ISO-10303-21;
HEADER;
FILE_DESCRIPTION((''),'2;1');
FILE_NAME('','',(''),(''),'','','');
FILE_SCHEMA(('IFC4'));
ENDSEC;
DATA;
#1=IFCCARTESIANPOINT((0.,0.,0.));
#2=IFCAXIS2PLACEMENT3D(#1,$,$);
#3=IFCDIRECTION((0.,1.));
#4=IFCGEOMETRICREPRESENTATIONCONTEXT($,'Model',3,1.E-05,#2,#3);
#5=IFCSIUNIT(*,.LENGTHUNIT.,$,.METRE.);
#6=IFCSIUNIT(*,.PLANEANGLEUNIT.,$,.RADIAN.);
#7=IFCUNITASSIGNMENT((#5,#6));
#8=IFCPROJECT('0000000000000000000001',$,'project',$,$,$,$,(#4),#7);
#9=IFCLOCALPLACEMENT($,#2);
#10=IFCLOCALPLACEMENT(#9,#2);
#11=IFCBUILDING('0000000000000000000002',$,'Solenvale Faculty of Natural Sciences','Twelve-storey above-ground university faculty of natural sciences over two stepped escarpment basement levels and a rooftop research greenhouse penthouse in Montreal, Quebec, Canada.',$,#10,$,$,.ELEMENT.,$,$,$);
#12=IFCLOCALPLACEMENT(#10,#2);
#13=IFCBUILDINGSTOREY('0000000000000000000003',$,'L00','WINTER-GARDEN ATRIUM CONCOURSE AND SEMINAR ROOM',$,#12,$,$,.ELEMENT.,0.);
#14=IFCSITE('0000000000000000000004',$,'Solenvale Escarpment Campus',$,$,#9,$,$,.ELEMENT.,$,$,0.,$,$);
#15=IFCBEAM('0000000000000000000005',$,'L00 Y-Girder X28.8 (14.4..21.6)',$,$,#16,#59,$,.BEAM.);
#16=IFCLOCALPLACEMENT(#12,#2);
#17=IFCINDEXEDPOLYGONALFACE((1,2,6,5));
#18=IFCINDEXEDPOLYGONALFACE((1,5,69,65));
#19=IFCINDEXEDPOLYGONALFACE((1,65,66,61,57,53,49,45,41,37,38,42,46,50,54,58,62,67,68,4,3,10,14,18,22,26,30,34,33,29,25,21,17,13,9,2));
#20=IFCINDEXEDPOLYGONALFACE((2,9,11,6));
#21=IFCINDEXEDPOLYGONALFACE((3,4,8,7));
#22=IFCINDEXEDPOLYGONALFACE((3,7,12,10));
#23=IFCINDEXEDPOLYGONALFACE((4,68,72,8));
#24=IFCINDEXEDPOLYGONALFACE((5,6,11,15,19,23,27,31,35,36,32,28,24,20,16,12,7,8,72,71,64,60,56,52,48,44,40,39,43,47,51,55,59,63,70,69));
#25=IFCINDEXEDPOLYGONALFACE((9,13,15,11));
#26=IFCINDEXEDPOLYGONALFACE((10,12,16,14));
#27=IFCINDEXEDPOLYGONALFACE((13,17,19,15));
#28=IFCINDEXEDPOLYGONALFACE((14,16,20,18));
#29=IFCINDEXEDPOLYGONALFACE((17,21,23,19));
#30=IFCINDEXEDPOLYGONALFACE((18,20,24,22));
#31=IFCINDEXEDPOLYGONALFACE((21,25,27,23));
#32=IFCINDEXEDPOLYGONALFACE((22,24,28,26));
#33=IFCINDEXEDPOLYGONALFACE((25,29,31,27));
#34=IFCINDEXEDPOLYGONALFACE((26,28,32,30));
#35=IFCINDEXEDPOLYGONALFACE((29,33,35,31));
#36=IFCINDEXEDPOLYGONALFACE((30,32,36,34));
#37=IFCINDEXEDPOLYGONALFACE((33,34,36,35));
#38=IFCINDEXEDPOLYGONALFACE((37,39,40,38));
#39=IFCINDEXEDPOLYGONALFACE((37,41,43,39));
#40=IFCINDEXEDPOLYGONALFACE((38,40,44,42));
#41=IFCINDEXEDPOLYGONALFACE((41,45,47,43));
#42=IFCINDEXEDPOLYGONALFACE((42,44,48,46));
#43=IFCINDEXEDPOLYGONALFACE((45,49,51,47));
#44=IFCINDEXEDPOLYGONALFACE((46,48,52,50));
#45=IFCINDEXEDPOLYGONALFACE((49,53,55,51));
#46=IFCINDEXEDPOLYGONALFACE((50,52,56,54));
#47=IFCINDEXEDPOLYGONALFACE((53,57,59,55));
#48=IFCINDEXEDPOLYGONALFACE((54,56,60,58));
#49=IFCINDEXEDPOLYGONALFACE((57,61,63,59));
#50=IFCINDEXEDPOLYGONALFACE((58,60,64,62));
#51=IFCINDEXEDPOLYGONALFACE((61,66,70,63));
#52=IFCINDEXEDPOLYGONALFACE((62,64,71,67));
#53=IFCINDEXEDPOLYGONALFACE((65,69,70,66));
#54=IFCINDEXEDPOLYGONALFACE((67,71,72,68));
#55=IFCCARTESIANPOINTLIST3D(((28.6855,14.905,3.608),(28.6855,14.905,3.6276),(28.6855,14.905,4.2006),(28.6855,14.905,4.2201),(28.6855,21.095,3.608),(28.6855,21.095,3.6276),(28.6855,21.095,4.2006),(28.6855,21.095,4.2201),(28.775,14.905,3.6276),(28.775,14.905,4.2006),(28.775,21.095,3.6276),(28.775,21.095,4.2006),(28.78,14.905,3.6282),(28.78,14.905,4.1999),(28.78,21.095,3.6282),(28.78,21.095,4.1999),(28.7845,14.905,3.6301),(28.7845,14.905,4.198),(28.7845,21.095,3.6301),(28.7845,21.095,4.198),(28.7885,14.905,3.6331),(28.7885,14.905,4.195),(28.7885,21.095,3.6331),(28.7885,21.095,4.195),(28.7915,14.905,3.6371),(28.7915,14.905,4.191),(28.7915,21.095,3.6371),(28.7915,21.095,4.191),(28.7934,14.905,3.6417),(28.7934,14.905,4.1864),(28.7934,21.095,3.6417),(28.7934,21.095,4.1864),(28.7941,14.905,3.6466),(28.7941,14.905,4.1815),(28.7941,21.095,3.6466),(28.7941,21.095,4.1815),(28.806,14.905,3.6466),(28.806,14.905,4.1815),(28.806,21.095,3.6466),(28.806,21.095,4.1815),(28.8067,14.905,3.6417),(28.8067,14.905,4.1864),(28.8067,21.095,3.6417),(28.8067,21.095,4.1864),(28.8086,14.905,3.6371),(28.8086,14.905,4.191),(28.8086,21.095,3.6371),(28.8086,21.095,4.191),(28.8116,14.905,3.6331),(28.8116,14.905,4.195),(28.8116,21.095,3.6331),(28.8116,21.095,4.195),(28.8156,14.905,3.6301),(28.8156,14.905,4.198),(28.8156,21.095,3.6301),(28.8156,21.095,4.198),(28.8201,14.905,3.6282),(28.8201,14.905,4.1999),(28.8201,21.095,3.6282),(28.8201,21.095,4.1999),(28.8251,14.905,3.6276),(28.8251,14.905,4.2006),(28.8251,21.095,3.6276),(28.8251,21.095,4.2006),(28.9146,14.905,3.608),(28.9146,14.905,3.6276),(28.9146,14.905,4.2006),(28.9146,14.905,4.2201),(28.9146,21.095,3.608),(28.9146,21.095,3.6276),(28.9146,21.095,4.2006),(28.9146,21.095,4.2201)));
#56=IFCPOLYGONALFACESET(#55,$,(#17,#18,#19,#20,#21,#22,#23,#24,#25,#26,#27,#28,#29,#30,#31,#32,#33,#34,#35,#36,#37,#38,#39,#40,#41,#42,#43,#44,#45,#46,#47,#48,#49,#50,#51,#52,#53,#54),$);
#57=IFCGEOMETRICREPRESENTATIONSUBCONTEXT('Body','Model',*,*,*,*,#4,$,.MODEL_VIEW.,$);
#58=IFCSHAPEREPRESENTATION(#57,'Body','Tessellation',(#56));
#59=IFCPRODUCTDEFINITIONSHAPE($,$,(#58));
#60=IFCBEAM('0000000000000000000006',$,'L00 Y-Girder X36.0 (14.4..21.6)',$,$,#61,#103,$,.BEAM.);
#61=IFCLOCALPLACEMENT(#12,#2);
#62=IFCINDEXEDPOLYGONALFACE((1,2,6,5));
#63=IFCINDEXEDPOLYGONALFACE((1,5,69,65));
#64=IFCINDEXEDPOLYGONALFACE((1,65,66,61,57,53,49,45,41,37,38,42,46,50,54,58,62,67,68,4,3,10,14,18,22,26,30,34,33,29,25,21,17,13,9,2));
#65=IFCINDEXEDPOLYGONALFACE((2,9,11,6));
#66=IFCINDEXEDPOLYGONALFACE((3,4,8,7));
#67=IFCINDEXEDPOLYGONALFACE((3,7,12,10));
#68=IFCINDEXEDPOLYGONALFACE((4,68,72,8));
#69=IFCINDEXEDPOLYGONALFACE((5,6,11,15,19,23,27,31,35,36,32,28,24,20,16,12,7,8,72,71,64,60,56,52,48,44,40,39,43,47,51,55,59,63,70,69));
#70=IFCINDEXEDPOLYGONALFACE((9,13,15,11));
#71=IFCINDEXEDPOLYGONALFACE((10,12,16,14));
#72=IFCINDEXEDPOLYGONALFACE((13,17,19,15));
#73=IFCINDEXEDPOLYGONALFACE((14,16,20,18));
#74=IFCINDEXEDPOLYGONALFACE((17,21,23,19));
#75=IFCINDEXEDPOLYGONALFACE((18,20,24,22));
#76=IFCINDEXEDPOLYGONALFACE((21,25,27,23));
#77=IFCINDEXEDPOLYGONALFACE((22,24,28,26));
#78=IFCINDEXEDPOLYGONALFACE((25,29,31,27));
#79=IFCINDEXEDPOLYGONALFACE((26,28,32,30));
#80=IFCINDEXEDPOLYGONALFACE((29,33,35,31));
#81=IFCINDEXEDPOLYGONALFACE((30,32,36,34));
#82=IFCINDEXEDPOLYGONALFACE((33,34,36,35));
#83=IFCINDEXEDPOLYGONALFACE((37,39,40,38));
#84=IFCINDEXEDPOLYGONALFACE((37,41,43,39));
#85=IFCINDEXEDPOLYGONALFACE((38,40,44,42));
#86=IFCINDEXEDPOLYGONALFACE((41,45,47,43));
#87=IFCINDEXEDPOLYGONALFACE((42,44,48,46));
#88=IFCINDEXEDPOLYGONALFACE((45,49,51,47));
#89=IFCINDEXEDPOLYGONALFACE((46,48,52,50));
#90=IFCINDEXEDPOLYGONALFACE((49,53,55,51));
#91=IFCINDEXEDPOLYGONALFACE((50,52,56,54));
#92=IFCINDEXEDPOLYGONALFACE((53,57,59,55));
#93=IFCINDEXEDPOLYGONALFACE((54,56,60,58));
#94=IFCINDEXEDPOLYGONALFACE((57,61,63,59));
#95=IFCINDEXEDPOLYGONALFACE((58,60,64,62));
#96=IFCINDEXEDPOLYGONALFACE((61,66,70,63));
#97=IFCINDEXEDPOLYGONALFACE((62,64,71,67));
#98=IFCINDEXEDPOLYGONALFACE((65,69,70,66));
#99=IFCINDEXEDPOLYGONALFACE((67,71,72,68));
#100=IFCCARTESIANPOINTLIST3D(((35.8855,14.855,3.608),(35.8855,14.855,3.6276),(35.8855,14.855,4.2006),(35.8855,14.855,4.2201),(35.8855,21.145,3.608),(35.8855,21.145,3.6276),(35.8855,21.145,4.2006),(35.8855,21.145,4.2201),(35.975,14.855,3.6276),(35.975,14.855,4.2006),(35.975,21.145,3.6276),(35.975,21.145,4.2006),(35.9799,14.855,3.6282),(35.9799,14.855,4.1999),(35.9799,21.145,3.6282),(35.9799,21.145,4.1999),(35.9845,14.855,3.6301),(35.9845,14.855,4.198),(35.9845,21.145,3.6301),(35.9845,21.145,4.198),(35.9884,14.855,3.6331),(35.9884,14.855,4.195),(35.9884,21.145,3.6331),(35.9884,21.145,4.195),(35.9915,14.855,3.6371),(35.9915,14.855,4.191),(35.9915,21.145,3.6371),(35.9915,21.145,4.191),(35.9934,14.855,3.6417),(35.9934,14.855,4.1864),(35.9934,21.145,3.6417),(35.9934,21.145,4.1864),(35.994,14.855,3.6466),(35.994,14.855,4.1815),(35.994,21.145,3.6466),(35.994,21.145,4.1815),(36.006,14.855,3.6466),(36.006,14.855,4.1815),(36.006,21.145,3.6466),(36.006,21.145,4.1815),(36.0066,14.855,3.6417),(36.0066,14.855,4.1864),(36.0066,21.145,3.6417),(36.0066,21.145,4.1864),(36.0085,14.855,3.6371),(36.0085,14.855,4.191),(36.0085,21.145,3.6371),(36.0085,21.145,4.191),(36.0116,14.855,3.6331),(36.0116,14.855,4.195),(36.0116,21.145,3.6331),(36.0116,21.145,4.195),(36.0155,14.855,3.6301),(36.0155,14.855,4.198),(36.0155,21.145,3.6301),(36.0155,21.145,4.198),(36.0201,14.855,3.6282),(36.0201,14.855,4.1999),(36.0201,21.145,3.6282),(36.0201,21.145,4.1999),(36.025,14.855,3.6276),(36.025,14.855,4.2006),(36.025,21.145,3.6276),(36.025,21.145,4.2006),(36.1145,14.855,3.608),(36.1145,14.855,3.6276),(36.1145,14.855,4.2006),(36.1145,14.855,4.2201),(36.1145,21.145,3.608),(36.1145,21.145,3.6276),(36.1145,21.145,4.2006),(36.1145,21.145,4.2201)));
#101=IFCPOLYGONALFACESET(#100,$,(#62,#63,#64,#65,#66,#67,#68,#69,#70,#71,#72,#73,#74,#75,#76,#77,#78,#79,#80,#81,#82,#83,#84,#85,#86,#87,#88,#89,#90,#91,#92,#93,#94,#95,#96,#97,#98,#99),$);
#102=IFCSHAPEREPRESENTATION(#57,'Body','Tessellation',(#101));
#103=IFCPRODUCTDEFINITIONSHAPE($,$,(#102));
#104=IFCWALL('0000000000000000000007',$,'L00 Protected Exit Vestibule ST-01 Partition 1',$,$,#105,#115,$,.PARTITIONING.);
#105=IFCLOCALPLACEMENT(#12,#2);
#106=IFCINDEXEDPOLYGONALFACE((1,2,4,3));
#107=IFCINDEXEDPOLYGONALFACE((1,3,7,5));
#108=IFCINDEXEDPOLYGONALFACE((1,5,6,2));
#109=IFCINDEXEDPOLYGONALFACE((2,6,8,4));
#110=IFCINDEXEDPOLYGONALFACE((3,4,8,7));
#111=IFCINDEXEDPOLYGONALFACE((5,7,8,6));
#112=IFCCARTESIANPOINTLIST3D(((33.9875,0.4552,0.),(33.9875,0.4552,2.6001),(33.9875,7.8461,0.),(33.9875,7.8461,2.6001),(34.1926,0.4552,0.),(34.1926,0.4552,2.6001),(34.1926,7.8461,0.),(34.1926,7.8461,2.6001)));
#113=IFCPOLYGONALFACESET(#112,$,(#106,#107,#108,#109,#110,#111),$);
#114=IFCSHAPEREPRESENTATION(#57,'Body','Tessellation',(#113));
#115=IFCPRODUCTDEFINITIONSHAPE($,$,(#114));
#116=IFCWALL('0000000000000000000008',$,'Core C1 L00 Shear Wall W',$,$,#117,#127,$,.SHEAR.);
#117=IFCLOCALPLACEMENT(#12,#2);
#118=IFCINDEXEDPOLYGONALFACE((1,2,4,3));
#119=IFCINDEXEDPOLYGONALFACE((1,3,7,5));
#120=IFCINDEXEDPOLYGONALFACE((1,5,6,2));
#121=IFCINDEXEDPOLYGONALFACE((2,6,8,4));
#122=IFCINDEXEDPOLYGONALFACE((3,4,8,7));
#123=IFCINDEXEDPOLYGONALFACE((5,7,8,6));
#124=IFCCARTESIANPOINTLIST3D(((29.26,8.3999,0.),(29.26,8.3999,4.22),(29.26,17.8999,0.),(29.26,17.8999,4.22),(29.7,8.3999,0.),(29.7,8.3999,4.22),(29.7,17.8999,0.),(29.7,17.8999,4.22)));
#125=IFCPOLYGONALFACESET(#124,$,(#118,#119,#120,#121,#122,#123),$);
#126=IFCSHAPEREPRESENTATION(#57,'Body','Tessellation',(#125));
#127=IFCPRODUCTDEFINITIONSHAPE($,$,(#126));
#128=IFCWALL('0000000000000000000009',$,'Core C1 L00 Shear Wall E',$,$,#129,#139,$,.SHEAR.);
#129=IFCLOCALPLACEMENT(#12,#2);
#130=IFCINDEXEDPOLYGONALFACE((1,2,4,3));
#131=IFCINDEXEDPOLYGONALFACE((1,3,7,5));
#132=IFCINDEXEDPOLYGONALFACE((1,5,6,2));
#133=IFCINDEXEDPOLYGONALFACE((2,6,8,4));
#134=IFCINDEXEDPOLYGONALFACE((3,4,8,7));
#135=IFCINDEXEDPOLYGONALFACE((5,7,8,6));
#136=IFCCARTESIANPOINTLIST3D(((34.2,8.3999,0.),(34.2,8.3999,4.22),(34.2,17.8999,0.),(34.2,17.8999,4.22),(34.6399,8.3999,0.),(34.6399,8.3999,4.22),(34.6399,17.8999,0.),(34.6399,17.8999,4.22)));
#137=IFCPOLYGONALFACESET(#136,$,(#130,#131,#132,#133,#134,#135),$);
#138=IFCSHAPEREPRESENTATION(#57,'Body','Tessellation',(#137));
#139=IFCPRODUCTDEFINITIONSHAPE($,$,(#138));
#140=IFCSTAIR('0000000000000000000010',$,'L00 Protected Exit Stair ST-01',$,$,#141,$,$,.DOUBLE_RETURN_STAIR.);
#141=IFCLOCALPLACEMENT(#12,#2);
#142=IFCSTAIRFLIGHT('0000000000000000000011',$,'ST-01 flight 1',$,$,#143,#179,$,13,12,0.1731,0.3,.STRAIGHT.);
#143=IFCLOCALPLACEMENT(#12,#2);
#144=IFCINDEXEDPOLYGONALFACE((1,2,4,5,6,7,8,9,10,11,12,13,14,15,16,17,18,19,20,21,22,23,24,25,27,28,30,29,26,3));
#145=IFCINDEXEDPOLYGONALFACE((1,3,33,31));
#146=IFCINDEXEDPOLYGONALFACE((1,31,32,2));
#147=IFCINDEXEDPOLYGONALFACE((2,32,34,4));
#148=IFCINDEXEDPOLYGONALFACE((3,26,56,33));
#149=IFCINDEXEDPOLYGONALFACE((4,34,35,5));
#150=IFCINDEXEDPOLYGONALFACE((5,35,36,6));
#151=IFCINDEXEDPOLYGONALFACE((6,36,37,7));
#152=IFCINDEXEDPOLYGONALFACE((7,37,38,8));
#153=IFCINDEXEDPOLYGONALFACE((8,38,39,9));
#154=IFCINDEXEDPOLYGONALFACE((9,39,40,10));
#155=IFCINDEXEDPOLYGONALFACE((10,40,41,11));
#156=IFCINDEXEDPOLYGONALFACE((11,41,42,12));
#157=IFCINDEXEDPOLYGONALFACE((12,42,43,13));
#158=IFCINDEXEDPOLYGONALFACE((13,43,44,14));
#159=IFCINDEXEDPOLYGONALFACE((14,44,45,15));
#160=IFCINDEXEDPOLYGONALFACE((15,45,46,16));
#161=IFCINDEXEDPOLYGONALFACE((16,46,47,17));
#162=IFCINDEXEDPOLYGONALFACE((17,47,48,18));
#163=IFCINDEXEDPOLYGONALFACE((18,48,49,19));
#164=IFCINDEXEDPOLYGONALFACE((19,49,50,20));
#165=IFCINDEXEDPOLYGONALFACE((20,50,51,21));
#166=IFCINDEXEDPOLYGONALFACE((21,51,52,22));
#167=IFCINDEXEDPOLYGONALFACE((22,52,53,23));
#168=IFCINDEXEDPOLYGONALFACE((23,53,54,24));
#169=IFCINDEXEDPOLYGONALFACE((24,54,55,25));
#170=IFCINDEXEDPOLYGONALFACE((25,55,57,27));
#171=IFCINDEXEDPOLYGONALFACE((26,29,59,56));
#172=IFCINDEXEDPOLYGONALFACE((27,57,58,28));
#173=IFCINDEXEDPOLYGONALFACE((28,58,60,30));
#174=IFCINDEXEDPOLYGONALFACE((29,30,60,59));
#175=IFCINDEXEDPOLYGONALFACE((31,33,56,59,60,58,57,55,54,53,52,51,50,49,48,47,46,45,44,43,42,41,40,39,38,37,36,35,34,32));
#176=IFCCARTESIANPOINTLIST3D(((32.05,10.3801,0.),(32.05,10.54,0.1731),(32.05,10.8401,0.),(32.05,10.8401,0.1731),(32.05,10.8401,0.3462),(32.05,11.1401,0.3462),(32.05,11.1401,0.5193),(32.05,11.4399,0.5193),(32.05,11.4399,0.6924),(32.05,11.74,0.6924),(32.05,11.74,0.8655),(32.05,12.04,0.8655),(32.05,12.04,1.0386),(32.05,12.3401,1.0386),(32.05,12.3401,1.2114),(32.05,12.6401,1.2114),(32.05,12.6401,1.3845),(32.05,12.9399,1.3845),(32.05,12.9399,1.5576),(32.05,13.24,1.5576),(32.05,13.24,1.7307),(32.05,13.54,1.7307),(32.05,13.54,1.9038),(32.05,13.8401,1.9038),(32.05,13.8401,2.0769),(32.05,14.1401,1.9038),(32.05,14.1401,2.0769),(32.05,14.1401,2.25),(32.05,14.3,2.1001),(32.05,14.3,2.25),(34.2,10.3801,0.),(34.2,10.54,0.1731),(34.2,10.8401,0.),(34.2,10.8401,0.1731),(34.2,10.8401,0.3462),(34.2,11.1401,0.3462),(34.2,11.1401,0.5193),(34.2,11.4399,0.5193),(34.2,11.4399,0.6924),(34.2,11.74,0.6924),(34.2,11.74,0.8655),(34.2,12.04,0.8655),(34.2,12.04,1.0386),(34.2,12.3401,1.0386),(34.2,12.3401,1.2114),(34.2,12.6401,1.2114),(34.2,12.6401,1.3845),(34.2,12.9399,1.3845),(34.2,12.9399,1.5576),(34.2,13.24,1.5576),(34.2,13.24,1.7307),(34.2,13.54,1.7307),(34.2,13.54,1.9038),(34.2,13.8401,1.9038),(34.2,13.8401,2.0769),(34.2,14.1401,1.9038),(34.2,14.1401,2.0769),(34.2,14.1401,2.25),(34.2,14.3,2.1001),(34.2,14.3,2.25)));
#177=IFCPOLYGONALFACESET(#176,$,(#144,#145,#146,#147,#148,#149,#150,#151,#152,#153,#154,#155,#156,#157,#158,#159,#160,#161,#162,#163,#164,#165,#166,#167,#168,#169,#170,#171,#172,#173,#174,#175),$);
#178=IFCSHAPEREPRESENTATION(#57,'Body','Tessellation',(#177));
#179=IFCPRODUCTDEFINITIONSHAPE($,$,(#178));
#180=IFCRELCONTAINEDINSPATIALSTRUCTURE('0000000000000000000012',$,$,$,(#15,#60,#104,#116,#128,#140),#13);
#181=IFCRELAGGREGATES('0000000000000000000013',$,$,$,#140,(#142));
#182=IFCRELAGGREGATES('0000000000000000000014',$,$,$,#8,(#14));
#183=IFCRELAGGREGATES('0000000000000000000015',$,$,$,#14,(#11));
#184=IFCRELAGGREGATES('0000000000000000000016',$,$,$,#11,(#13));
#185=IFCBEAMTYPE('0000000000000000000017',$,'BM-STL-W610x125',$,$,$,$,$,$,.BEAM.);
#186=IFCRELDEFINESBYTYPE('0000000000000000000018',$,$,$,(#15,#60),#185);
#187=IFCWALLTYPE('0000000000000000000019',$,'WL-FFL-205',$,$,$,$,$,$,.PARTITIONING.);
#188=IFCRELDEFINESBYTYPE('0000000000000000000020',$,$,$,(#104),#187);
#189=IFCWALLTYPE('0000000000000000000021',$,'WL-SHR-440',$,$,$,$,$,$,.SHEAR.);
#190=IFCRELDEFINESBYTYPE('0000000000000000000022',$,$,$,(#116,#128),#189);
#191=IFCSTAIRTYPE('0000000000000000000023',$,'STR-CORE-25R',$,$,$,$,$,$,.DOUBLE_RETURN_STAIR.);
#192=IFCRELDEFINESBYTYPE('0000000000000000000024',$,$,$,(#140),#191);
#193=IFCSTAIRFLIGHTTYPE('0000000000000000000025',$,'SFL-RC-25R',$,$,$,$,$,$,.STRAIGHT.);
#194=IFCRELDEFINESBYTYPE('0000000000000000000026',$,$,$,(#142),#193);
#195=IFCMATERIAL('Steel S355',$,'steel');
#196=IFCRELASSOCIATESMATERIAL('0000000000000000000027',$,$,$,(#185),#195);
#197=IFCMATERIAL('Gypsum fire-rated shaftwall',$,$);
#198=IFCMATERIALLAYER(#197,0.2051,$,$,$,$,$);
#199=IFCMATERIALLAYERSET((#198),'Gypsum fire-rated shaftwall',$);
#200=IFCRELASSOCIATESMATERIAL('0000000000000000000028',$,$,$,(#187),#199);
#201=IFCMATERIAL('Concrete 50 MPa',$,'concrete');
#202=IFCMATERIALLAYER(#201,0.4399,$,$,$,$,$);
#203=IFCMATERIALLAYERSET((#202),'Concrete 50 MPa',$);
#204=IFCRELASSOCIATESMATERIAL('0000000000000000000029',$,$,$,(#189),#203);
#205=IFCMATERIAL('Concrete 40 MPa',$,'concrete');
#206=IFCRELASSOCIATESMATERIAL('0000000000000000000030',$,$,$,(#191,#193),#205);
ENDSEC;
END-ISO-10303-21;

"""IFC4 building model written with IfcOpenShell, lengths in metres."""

from ifc_helpers import new_model, si_unit, direction, frame, frame_2d, origin, origin_2d, place, context, subcontext, project, spatial, polyline, rectangle, i_section, outline, extrude, material, layer, layer_set, material_profile, profile_set, type_object, element, aggregate, save


model = new_model("IFC4")

# Units and contexts
model_context = context("Model", 3, precision=1e-05, world=origin(), true_north=direction((0.0, 1.0)))
body_context = subcontext(model_context, "Body", "Model", "MODEL_VIEW")
ifc_project = project(units=[si_unit("LENGTHUNIT", "METRE"), si_unit("PLANEANGLEUNIT", "RADIAN")], contexts=[model_context])

# Site, building, storey
site_placement = place(None, origin())
site = spatial("IfcSite", under=ifc_project, at=site_placement, Name="Solenvale Escarpment Campus", CompositionType="ELEMENT", RefElevation=0.0)
building_placement = place(site_placement, origin())
building = spatial("IfcBuilding", under=site, at=building_placement, Name="Solenvale Faculty of Natural Sciences", Description="Twelve-storey above-ground university faculty of natural sciences over two stepped escarpment basement levels and a rooftop research greenhouse penthouse in Montreal, Quebec, Canada.", CompositionType="ELEMENT")
storey_placement = place(building_placement, origin())
storey = spatial("IfcBuildingStorey", under=building, at=storey_placement, Name="L00", Description="WINTER-GARDEN ATRIUM CONCOURSE AND SEMINAR ROOM", CompositionType="ELEMENT", Elevation=0.0)

# Shared definitions
ifc_material_1 = material(Name="Concrete 50 MPa", Category="concrete")

# Beams
ifc_material_2 = material(Name="Concrete 40 MPa", Category="concrete")
ifc_material_3 = material(Name="Steel S355", Category="steel")
ifc_material_profile_1 = material_profile(ifc_material_3, i_section(OverallWidth=0.229, OverallDepth=0.6121, WebThickness=0.012, FlangeThickness=0.0195, FilletRadius=0.019, at=origin_2d()), Name="W610x125")
ifc_profile_set_1 = profile_set([ifc_material_profile_1], Name="Steel S355")
beam_type_1 = type_object("IfcBeamType", Name="BM-STL-W610x125", PredefinedType="BEAM", material=ifc_profile_set_1)
for number, where, z_axis, x_axis, name in (
    (1, (28.8, 14.905, 3.9141), (0.0, 1.0, 0.0), (-1.0, 0.0, 0.0), "L00 Y-Girder X28.8 (14.4..21.6)"),
):
    element("IfcBeam", number, at=place(storey_placement, frame(where, z_axis=z_axis, x_axis=x_axis)), inside=storey, type_object=beam_type_1, Name=name, PredefinedType="BEAM", context=body_context, shape_type="SweptSolid", body=[
        extrude(i_section(OverallWidth=0.229, OverallDepth=0.6121, WebThickness=0.012, FlangeThickness=0.0195, FilletRadius=0.019, at=origin_2d()), origin(), (0.0, 0.0, 1.0), 6.1899),
    ])
beam_1_placement = place(storey_placement, frame((36.0, 14.855, 3.9141), z_axis=(0.0, 1.0, 0.0), x_axis=(-1.0, 0.0, 0.0)))
element("IfcBeam", 2, at=beam_1_placement, inside=storey, type_object=beam_type_1, Name="L00 Y-Girder X36.0 (14.4..21.6)", PredefinedType="BEAM", context=body_context, shape_type="SweptSolid", body=[
    extrude(i_section(OverallWidth=0.229, OverallDepth=0.6121, WebThickness=0.012, FlangeThickness=0.0195, FilletRadius=0.019, at=origin_2d()), origin(), (0.0, 0.0, 1.0), 6.29),
])

# Wall
ifc_material_4 = material(Name="Gypsum fire-rated shaftwall")
ifc_layer_1 = layer(ifc_material_4, 0.2051)
ifc_layer_set_1 = layer_set([ifc_layer_1], Name="Gypsum fire-rated shaftwall")
wall_type_1 = type_object("IfcWallType", Name="WL-FFL-205", PredefinedType="PARTITIONING", material=ifc_layer_set_1)
wall_1_placement = place(storey_placement, frame((34.0901, 7.8459, 0.0), z_axis=(0.0, 0.0, 1.0), x_axis=(0.0, -1.0, 0.0)))
element("IfcWall", 3, at=wall_1_placement, inside=storey, type_object=wall_type_1, Name="L00 Protected Exit Vestibule ST-01 Partition 1", PredefinedType="PARTITIONING", context=body_context, shape_type="SweptSolid", body=[
    extrude(rectangle(XDim=7.3909, YDim=0.2051, at=frame_2d((3.6953, 0.0))), origin(), (0.0, 0.0, 1.0), 2.6001),
])

# Shared definitions
ifc_layer_2 = layer(ifc_material_1, 0.4399)
ifc_layer_set_2 = layer_set([ifc_layer_2], Name="Concrete 50 MPa")
wall_type_2 = type_object("IfcWallType", Name="WL-SHR-440", PredefinedType="SHEAR", material=ifc_layer_set_2)

# Walls
for number, where, z_axis, x_axis, name in (
    (4, (29.48, 8.3999, 0.0), (0.0, 0.0, 1.0), (0.0, 1.0, 0.0), "Core C1 L00 Shear Wall W"),
    (5, (34.4199, 8.3999, 0.0), (0.0, 0.0, 1.0), (0.0, 1.0, 0.0), "Core C1 L00 Shear Wall E"),
):
    element("IfcWall", number, at=place(storey_placement, frame(where, z_axis=z_axis, x_axis=x_axis)), inside=storey, type_object=wall_type_2, Name=name, PredefinedType="SHEAR", context=body_context, shape_type="SweptSolid", body=[
        extrude(rectangle(XDim=9.5, YDim=0.4399, at=frame_2d((4.75, 0.0))), origin(), (0.0, 0.0, 1.0), 4.22),
    ])

# Stair, stair flight
stair_type = type_object("IfcStairType", Name="STR-CORE-25R", PredefinedType="DOUBLE_RETURN_STAIR", material=ifc_material_2)
stair_placement = place(storey_placement, origin())
stair = element("IfcStair", 6, at=stair_placement, inside=storey, type_object=stair_type, Name="L00 Protected Exit Stair ST-01", PredefinedType="DOUBLE_RETURN_STAIR")
stair_flight_type = type_object("IfcStairFlightType", Name="SFL-RC-25R", PredefinedType="STRAIGHT", material=ifc_material_2)
stair_flight_1_placement = place(storey_placement, frame((33.125, 10.54, 0.0), z_axis=(0.0, 0.0, 1.0), x_axis=(0.0, 1.0, 0.0)))
stair_flight_1 = element("IfcStairFlight", 7, at=stair_flight_1_placement, type_object=stair_flight_type, Name="ST-01 flight 1", NumberOfRisers=13, NumberOfTreads=12, PredefinedType="STRAIGHT", RiserHeight=0.1731, TreadLength=0.3, context=body_context, shape_type="SweptSolid", body=[
    extrude(outline(polyline([(-0.1599, 0.0), (0.0, 0.1731), (0.3, 0.1731), (0.3, 0.3462), (0.6001, 0.3462), (0.6001, 0.5193), (0.8999, 0.5193), (0.8999, 0.6924), (1.2, 0.6924), (1.2, 0.8655), (1.5, 0.8655), (1.5, 1.0386), (1.8, 1.0386), (1.8, 1.2114), (2.1001, 1.2114), (2.1001, 1.3845), (2.3999, 1.3845), (2.3999, 1.5576), (2.7, 1.5576), (2.7, 1.7307), (3.0, 1.7307), (3.0, 1.9038), (3.3, 1.9038), (3.3, 2.0769), (3.6001, 2.0769), (3.6001, 2.25), (3.76, 2.25), (3.76, 2.1001), (3.6001, 1.9038), (0.3, 0.0), (-0.1599, 0.0)])), frame((0.0, 1.075, 0.0), z_axis=(0.0, -1.0, 0.0), x_axis=(1.0, 0.0, 0.0)), (0.0, 0.0, 1.0), 2.1499),
])
aggregate(stair, [stair_flight_1])

save(model, "model.ifc")
